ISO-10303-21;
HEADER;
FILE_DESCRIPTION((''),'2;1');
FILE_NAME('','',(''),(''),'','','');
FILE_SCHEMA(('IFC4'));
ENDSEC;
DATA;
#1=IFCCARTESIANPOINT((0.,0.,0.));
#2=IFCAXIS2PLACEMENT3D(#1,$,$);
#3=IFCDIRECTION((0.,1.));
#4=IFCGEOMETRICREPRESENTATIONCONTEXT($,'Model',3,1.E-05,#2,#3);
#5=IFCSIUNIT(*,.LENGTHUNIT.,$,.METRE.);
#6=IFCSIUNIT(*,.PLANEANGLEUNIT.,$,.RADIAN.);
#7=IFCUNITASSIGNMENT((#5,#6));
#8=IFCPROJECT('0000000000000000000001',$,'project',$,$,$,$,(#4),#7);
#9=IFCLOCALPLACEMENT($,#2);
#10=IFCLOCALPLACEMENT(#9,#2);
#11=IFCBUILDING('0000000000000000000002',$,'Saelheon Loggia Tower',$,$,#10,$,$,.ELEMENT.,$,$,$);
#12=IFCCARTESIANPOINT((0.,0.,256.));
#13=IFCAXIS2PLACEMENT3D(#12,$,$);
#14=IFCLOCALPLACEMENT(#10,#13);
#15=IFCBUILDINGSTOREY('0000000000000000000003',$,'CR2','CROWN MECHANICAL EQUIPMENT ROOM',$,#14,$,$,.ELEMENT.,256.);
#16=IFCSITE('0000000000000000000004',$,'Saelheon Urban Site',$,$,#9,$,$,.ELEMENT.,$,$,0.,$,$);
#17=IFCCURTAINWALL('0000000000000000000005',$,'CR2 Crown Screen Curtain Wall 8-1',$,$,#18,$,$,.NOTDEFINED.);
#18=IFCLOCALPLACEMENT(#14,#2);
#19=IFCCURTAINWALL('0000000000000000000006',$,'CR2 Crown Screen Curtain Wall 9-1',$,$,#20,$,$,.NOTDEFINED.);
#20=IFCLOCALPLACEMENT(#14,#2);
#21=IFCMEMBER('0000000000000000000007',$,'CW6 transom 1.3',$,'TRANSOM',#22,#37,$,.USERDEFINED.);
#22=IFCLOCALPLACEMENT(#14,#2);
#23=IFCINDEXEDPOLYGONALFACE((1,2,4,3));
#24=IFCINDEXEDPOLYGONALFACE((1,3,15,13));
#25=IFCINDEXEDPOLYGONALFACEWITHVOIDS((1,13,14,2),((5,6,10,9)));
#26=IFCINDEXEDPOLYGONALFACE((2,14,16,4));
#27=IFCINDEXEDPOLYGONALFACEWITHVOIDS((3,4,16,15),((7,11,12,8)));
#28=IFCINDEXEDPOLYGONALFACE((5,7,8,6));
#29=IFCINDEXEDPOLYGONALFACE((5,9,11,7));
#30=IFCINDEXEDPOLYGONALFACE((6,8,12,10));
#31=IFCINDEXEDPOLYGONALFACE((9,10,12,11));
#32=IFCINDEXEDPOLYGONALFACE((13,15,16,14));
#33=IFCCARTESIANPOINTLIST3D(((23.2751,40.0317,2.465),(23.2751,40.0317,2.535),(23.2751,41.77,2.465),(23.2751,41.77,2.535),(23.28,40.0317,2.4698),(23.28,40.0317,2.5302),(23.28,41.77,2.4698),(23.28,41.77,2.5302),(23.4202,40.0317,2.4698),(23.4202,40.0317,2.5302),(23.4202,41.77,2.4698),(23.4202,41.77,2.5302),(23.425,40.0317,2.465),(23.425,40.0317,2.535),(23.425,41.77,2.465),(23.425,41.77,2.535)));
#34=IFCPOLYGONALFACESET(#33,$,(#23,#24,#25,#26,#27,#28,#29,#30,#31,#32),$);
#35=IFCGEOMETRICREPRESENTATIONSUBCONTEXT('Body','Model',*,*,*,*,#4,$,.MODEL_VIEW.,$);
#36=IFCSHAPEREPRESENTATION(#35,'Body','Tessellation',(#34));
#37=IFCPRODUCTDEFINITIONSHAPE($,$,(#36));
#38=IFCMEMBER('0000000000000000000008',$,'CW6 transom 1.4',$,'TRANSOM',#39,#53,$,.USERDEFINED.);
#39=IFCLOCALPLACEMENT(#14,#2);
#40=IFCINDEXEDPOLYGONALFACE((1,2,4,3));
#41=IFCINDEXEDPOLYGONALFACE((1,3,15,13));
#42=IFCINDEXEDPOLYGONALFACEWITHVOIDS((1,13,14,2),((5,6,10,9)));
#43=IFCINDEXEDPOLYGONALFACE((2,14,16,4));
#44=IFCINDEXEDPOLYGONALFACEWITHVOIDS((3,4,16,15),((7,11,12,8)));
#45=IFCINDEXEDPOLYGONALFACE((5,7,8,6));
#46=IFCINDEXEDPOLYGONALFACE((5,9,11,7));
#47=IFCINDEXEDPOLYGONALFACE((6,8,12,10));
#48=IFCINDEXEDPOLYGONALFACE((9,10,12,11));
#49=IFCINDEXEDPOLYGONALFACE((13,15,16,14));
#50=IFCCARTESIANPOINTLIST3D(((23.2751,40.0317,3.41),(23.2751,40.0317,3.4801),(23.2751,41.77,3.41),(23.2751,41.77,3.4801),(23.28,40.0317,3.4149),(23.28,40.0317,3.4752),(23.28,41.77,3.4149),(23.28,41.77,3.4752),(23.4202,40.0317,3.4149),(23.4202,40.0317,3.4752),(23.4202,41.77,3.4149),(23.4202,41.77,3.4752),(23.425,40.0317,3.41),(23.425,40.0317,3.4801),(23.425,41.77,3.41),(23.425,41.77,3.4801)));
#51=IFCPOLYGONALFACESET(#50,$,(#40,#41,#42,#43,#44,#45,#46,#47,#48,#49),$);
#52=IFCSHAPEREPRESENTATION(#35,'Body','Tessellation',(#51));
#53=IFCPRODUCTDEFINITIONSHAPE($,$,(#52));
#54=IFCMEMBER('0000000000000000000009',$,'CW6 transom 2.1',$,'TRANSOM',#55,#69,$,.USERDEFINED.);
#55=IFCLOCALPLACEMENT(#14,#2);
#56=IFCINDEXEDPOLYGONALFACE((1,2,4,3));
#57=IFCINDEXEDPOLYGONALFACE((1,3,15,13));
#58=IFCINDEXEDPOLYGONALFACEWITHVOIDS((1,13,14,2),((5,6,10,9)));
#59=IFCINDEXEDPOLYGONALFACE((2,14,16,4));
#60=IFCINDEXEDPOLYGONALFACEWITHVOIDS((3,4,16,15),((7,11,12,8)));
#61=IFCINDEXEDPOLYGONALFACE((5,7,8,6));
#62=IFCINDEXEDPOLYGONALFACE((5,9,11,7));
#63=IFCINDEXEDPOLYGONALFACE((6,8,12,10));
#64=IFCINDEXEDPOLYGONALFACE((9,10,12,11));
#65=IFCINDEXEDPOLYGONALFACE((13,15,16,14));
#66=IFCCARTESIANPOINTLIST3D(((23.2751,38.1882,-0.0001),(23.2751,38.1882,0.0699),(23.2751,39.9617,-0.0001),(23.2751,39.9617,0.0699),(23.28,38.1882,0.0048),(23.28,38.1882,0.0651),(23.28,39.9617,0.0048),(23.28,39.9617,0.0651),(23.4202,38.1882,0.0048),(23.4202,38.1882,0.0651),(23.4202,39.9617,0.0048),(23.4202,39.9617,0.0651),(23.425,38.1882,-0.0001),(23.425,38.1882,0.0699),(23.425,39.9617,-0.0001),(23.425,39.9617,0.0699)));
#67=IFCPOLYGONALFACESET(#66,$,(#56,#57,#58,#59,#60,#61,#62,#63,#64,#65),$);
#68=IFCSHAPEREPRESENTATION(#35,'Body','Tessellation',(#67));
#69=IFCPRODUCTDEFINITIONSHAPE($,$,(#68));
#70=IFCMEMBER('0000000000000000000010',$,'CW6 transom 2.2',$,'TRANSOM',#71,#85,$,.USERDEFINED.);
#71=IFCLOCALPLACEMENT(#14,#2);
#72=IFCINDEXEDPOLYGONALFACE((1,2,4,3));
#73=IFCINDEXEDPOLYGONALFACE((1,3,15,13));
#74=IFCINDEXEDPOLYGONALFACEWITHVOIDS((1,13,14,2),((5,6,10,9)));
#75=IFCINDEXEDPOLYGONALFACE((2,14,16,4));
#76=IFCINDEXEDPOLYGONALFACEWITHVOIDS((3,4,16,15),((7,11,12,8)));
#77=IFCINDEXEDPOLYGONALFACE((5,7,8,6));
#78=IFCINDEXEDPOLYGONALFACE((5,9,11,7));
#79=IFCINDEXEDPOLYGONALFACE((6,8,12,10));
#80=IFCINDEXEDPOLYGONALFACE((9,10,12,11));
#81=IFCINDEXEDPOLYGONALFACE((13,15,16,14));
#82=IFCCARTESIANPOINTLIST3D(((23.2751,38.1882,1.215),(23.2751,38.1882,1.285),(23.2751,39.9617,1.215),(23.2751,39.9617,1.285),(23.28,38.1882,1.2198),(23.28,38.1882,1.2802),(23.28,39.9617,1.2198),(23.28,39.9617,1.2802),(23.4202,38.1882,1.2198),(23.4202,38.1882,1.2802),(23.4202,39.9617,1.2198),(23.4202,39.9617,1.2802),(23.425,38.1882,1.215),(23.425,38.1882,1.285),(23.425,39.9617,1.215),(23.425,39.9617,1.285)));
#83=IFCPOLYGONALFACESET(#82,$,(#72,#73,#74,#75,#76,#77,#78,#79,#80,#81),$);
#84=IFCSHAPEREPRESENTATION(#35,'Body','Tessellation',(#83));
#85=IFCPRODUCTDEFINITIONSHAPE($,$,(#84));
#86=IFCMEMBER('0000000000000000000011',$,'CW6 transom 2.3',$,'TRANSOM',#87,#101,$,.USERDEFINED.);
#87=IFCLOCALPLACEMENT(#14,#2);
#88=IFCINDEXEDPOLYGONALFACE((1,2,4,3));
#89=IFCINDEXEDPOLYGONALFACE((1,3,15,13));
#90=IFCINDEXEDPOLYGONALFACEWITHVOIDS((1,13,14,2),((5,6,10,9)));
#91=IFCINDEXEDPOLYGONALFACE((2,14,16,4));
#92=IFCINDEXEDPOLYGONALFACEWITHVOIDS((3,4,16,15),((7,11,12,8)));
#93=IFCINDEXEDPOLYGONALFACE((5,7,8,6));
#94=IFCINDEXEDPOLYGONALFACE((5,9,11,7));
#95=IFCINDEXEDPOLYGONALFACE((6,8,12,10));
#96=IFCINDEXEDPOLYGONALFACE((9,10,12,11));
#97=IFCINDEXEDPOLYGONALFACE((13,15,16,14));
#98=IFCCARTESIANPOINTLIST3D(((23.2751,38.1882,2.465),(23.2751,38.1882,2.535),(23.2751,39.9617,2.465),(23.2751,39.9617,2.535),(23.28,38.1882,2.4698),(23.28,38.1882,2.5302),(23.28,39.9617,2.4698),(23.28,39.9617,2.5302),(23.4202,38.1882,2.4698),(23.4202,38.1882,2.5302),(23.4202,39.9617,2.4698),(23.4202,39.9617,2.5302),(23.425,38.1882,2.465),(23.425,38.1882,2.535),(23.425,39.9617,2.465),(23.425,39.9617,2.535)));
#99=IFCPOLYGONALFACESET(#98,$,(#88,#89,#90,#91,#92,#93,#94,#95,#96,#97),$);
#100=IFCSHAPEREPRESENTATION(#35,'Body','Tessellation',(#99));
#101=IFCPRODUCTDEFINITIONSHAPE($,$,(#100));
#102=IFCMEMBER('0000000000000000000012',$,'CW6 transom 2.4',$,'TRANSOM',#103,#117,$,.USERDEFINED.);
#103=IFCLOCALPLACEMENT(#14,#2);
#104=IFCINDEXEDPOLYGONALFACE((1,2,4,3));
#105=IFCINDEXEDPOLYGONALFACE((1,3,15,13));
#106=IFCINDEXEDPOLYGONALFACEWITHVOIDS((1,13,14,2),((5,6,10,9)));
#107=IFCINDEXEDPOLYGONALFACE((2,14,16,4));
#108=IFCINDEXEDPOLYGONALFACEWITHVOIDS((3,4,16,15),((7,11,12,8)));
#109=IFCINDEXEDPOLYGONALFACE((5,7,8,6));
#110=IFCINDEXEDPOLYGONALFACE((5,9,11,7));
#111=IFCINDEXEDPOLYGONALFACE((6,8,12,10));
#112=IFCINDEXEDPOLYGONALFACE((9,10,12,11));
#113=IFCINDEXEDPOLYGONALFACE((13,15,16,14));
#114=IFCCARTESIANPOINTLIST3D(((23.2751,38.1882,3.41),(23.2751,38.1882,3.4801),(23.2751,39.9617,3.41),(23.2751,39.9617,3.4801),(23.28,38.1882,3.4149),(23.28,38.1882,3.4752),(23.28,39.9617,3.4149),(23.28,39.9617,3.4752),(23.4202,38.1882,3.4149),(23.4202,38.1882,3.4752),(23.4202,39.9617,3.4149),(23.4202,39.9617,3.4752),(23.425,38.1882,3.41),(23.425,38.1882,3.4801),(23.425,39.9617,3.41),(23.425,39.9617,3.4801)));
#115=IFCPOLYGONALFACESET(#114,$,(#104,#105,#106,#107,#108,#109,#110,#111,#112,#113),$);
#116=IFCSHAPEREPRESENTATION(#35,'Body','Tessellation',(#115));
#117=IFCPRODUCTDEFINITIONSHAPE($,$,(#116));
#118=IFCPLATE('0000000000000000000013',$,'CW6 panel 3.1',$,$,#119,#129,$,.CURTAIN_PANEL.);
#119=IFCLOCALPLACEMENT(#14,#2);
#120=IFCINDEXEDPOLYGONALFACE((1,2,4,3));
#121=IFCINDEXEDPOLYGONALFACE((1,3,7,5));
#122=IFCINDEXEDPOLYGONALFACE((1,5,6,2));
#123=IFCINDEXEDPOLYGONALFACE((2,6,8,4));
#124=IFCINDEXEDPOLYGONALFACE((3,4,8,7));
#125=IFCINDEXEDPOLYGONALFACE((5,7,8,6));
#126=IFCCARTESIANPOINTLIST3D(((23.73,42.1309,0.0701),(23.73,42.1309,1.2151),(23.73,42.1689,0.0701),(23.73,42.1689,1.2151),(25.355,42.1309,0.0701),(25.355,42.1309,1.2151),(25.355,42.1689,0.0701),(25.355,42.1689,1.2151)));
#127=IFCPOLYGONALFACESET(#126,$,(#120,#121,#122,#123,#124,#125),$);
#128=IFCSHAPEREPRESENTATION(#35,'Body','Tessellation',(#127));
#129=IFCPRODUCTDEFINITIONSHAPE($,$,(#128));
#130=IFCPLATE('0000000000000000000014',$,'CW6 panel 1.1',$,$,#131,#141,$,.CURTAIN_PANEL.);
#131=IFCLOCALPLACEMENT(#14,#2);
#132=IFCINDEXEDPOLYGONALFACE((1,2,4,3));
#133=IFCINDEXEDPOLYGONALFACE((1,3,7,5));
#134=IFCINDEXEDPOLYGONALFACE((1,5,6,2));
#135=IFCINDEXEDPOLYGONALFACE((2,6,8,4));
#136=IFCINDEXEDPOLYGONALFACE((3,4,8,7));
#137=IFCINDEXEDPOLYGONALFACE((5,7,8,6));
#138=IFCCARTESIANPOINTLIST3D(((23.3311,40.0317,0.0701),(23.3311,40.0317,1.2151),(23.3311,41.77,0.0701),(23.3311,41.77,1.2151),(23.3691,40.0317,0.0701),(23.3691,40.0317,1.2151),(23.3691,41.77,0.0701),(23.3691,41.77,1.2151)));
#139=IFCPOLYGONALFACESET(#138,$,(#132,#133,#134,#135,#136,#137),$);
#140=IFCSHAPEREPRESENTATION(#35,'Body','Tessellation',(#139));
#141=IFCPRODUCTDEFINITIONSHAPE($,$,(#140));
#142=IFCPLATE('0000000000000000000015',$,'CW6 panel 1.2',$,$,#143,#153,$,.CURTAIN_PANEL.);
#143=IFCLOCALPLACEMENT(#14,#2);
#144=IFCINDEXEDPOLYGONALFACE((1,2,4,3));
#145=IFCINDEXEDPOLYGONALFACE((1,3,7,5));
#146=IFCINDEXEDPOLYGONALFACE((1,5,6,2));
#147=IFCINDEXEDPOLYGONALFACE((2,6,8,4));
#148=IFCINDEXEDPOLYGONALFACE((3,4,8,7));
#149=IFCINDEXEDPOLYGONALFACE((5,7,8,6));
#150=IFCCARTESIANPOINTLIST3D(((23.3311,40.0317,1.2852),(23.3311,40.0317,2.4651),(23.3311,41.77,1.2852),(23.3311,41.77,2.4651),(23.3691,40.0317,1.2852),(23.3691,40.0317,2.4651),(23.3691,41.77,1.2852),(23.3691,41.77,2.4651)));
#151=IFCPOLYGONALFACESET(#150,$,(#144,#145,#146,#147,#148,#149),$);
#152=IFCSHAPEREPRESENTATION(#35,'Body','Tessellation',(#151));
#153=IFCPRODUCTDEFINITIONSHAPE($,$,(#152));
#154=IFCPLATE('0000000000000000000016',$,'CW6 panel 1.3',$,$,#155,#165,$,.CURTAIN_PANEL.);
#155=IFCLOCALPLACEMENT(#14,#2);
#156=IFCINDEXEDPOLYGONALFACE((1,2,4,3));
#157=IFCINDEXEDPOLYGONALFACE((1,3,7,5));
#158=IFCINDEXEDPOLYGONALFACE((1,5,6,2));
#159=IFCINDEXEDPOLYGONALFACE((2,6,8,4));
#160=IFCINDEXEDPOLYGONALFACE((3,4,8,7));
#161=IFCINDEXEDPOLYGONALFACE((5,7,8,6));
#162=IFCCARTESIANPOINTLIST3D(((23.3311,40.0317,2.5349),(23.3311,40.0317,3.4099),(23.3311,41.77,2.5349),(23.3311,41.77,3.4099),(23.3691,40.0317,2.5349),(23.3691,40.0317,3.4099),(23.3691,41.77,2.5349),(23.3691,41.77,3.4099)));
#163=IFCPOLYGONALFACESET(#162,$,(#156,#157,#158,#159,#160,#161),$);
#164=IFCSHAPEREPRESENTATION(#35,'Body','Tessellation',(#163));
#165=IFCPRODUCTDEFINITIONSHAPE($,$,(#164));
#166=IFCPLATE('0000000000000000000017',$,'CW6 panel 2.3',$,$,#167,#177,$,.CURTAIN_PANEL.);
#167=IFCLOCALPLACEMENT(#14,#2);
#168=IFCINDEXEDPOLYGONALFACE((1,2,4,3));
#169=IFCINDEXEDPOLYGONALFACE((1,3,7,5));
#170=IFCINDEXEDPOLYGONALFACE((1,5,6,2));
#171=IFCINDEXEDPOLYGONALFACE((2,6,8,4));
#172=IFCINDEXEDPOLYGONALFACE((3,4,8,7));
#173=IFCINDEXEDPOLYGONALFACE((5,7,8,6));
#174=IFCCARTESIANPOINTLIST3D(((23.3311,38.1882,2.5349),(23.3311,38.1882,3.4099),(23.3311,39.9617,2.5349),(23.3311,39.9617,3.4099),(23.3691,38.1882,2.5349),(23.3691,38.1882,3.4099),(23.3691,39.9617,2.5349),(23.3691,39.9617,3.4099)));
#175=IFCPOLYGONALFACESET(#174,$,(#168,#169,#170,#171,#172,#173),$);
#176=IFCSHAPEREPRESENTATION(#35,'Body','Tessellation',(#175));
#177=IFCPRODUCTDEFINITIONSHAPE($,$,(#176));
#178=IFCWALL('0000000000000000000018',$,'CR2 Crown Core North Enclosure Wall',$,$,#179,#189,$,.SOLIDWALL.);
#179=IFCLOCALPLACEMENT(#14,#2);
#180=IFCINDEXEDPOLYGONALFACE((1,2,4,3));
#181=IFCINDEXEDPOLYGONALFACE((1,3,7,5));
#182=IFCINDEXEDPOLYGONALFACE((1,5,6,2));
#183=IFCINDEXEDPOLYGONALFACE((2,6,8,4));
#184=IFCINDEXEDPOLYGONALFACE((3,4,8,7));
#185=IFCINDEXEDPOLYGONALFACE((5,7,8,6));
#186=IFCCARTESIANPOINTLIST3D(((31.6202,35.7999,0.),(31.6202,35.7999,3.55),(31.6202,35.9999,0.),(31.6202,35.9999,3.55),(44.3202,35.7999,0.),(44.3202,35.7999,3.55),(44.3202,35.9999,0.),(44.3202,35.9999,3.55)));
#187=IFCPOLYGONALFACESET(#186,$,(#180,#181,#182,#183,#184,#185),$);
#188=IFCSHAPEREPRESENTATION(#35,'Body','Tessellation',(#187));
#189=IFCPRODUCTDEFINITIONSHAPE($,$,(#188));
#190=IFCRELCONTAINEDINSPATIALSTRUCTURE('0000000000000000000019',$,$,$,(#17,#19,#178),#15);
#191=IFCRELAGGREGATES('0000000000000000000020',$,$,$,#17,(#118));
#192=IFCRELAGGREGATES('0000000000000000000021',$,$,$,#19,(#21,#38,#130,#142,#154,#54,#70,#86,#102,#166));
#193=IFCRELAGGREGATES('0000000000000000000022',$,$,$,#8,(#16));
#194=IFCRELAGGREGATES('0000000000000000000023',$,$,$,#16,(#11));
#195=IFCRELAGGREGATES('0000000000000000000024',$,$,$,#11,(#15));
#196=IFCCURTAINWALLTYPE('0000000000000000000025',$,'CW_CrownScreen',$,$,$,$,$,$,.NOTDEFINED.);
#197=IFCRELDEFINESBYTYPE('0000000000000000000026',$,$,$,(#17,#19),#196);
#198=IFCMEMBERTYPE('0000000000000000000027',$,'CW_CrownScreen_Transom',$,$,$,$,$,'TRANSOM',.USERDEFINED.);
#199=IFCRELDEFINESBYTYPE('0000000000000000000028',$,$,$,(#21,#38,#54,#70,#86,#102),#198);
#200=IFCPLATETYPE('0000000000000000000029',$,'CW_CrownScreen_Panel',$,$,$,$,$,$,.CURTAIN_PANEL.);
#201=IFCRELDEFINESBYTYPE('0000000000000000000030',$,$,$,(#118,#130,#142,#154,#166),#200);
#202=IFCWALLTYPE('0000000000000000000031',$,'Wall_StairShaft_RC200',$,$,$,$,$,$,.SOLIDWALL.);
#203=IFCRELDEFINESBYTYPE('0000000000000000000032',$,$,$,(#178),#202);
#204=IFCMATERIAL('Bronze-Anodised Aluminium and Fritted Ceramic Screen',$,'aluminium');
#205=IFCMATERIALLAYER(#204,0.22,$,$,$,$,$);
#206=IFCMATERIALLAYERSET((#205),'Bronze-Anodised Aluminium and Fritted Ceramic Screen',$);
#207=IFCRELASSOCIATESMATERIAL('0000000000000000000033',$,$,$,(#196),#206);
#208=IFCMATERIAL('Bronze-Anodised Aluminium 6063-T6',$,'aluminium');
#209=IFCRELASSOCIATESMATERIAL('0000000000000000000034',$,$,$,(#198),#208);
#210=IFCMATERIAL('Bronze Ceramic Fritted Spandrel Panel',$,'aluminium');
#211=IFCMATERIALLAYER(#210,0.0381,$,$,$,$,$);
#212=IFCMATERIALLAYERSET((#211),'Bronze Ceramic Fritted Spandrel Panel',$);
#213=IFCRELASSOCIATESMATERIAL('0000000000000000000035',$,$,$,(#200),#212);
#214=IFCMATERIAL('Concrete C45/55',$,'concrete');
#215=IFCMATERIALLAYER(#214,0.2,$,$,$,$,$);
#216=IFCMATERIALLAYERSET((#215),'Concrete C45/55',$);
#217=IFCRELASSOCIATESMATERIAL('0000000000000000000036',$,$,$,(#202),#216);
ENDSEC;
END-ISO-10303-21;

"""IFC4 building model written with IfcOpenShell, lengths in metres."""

from ifc_helpers import new_model, si_unit, direction, frame, frame_2d, origin, origin_2d, place, context, subcontext, project, spatial, rectangle, hollow_rectangle, extrude, source, transform, mapped, material, layer, layer_set, material_profile, profile_set, type_object, element, aggregate, save


model = new_model("IFC4")

# Units and contexts
model_context = context("Model", 3, precision=1e-05, world=origin(), true_north=direction((0.0, 1.0)))
body_context = subcontext(model_context, "Body", "Model", "MODEL_VIEW")
ifc_project = project(units=[si_unit("LENGTHUNIT", "METRE"), si_unit("PLANEANGLEUNIT", "RADIAN")], contexts=[model_context])

# Site, building, storey
site_placement = place(None, origin())
site = spatial("IfcSite", under=ifc_project, at=site_placement, Name="Saelheon Urban Site", CompositionType="ELEMENT", RefElevation=0.0)
building_placement = place(site_placement, origin())
building = spatial("IfcBuilding", under=site, at=building_placement, Name="Saelheon Loggia Tower", CompositionType="ELEMENT")
storey_placement = place(building_placement, frame((0.0, 0.0, 256.0)))
storey = spatial("IfcBuildingStorey", under=building, at=storey_placement, Name="CR2", Description="CROWN MECHANICAL EQUIPMENT ROOM", CompositionType="ELEMENT", Elevation=256.0)

# Curtain wall
ifc_material_1 = material(Name="Bronze-Anodised Aluminium and Fritted Ceramic Screen", Category="aluminium")
ifc_layer_1 = layer(ifc_material_1, 0.22)
ifc_layer_set_1 = layer_set([ifc_layer_1], Name="Bronze-Anodised Aluminium and Fritted Ceramic Screen")
curtain_wall_type = type_object("IfcCurtainWallType", Name="CW_CrownScreen", PredefinedType="NOTDEFINED", material=ifc_layer_set_1)
curtain_wall_1_placement = place(storey_placement, origin())
curtain_wall_1 = element("IfcCurtainWall", 1, at=curtain_wall_1_placement, inside=storey, type_object=curtain_wall_type, Name="CR2 Crown Screen Curtain Wall 8-1", PredefinedType="NOTDEFINED")
ifc_material_2 = material(Name="Bronze-Anodised Aluminium 6063-T6", Category="aluminium")

# Curtain wall, members
curtain_wall_2_placement = place(storey_placement, origin())
curtain_wall_2 = element("IfcCurtainWall", 2, at=curtain_wall_2_placement, inside=storey, type_object=curtain_wall_type, Name="CR2 Crown Screen Curtain Wall 9-1", PredefinedType="NOTDEFINED")
ifc_material_profile_1 = material_profile(ifc_material_2, hollow_rectangle(XDim=0.0701, YDim=0.1499, WallThickness=0.0049, at=origin_2d()), Name="RHS-150x70x5")
ifc_profile_set_1 = profile_set([ifc_material_profile_1], Name="Bronze-Anodised Aluminium 6063-T6")
member_type_1 = type_object("IfcMemberType", Name="CW_CrownScreen_Transom", ElementType="TRANSOM", PredefinedType="USERDEFINED", material=ifc_profile_set_1)
shared_shape_1 = source(origin(), body_context, "Body", "SweptSolid", [
    extrude(hollow_rectangle(XDim=0.0701, YDim=0.1499, WallThickness=0.0049, at=origin_2d()), origin(), (0.0, 0.0, 1.0), 1.7383),
])
member_1_placement = place(storey_placement, frame((23.3501, 41.77, 2.5), z_axis=(0.0, -1.0, 0.0), x_axis=(0.0, 0.0, 1.0)))
member_1 = element("IfcMember", 3, at=member_1_placement, type_object=member_type_1, Name="CW6 transom 1.3", ObjectType="TRANSOM", PredefinedType="USERDEFINED", context=body_context, shape_type="MappedRepresentation", body=[
    mapped(shared_shape_1, transform((0.0, 0.0, 0.0), scale=1.0)),
])
member_2_placement = place(storey_placement, frame((23.3501, 41.77, 3.4451), z_axis=(0.0, -1.0, 0.0), x_axis=(0.0, 0.0, 1.0)))
member_2 = element("IfcMember", 4, at=member_2_placement, type_object=member_type_1, Name="CW6 transom 1.4", ObjectType="TRANSOM", PredefinedType="USERDEFINED", context=body_context, shape_type="MappedRepresentation", body=[
    mapped(shared_shape_1, transform((0.0, 0.0, 0.0), scale=1.0)),
])
shared_shape_2 = source(origin(), body_context, "Body", "SweptSolid", [
    extrude(hollow_rectangle(XDim=0.0701, YDim=0.1499, WallThickness=0.0049, at=origin_2d()), origin(), (0.0, 0.0, 1.0), 1.7734),
])
member_3_placement = place(storey_placement, frame((23.3501, 39.9617, 0.0349), z_axis=(0.0, -1.0, 0.0), x_axis=(0.0, 0.0, 1.0)))
member_3 = element("IfcMember", 5, at=member_3_placement, type_object=member_type_1, Name="CW6 transom 2.1", ObjectType="TRANSOM", PredefinedType="USERDEFINED", context=body_context, shape_type="MappedRepresentation", body=[
    mapped(shared_shape_2, transform((0.0, 0.0, 0.0), scale=1.0)),
])
member_4_placement = place(storey_placement, frame((23.3501, 39.9617, 1.25), z_axis=(0.0, -1.0, 0.0), x_axis=(0.0, 0.0, 1.0)))
member_4 = element("IfcMember", 6, at=member_4_placement, type_object=member_type_1, Name="CW6 transom 2.2", ObjectType="TRANSOM", PredefinedType="USERDEFINED", context=body_context, shape_type="MappedRepresentation", body=[
    mapped(shared_shape_2, transform((0.0, 0.0, 0.0), scale=1.0)),
])
member_5_placement = place(storey_placement, frame((23.3501, 39.9617, 2.5), z_axis=(0.0, -1.0, 0.0), x_axis=(0.0, 0.0, 1.0)))
member_5 = element("IfcMember", 7, at=member_5_placement, type_object=member_type_1, Name="CW6 transom 2.3", ObjectType="TRANSOM", PredefinedType="USERDEFINED", context=body_context, shape_type="MappedRepresentation", body=[
    mapped(shared_shape_2, transform((0.0, 0.0, 0.0), scale=1.0)),
])
member_6_placement = place(storey_placement, frame((23.3501, 39.9617, 3.4451), z_axis=(0.0, -1.0, 0.0), x_axis=(0.0, 0.0, 1.0)))
member_6 = element("IfcMember", 8, at=member_6_placement, type_object=member_type_1, Name="CW6 transom 2.4", ObjectType="TRANSOM", PredefinedType="USERDEFINED", context=body_context, shape_type="MappedRepresentation", body=[
    mapped(shared_shape_2, transform((0.0, 0.0, 0.0), scale=1.0)),
])

# Plates
ifc_material_3 = material(Name="Bronze Ceramic Fritted Spandrel Panel", Category="aluminium")
ifc_layer_2 = layer(ifc_material_3, 0.0381)
ifc_layer_set_2 = layer_set([ifc_layer_2], Name="Bronze Ceramic Fritted Spandrel Panel")
plate_type = type_object("IfcPlateType", Name="CW_CrownScreen_Panel", PredefinedType="CURTAIN_PANEL", material=ifc_layer_set_2)
shared_shape_3 = source(origin(), body_context, "Body", "SweptSolid", [
    extrude(rectangle(XDim=1.625, YDim=0.0381, at=origin_2d()), origin(), (0.0, 0.0, 1.0), 1.145),
])
plate_1_placement = place(storey_placement, frame((24.5425, 42.1499, 0.0701), z_axis=(0.0, 0.0, 1.0), x_axis=(-1.0, 0.0, 0.0)))
plate_1 = element("IfcPlate", 9, at=plate_1_placement, type_object=plate_type, Name="CW6 panel 3.1", PredefinedType="CURTAIN_PANEL", context=body_context, shape_type="MappedRepresentation", body=[
    mapped(shared_shape_3, transform((0.0, 0.0, 0.0), scale=1.0)),
])
aggregate(curtain_wall_1, [plate_1])
shared_shape_4 = source(origin(), body_context, "Body", "SweptSolid", [
    extrude(rectangle(XDim=1.7383, YDim=0.0381, at=origin_2d()), origin(), (0.0, 0.0, 1.0), 1.145),
])
plate_2_placement = place(storey_placement, frame((23.3501, 40.9009, 0.0701), z_axis=(0.0, 0.0, 1.0), x_axis=(0.0, -1.0, 0.0)))
plate_2 = element("IfcPlate", 10, at=plate_2_placement, type_object=plate_type, Name="CW6 panel 1.1", PredefinedType="CURTAIN_PANEL", context=body_context, shape_type="MappedRepresentation", body=[
    mapped(shared_shape_4, transform((0.0, 0.0, 0.0), scale=1.0)),
])
shared_shape_5 = source(origin(), body_context, "Body", "SweptSolid", [
    extrude(rectangle(XDim=1.7383, YDim=0.0381, at=origin_2d()), origin(), (0.0, 0.0, 1.0), 1.1799),
])
plate_3_placement = place(storey_placement, frame((23.3501, 40.9009, 1.2852), z_axis=(0.0, 0.0, 1.0), x_axis=(0.0, -1.0, 0.0)))
plate_3 = element("IfcPlate", 11, at=plate_3_placement, type_object=plate_type, Name="CW6 panel 1.2", PredefinedType="CURTAIN_PANEL", context=body_context, shape_type="MappedRepresentation", body=[
    mapped(shared_shape_5, transform((0.0, 0.0, 0.0), scale=1.0)),
])
shared_shape_6 = source(origin(), body_context, "Body", "SweptSolid", [
    extrude(rectangle(XDim=1.7383, YDim=0.0381, at=origin_2d()), origin(), (0.0, 0.0, 1.0), 0.875),
])
plate_4_placement = place(storey_placement, frame((23.3501, 40.9009, 2.5349), z_axis=(0.0, 0.0, 1.0), x_axis=(0.0, -1.0, 0.0)))
plate_4 = element("IfcPlate", 12, at=plate_4_placement, type_object=plate_type, Name="CW6 panel 1.3", PredefinedType="CURTAIN_PANEL", context=body_context, shape_type="MappedRepresentation", body=[
    mapped(shared_shape_6, transform((0.0, 0.0, 0.0), scale=1.0)),
])
shared_shape_7 = source(origin(), body_context, "Body", "SweptSolid", [
    extrude(rectangle(XDim=1.7734, YDim=0.0381, at=origin_2d()), origin(), (0.0, 0.0, 1.0), 0.875),
])
plate_5_placement = place(storey_placement, frame((23.3501, 39.075, 2.5349), z_axis=(0.0, 0.0, 1.0), x_axis=(0.0, -1.0, 0.0)))
plate_5 = element("IfcPlate", 13, at=plate_5_placement, type_object=plate_type, Name="CW6 panel 2.3", PredefinedType="CURTAIN_PANEL", context=body_context, shape_type="MappedRepresentation", body=[
    mapped(shared_shape_7, transform((0.0, 0.0, 0.0), scale=1.0)),
])
aggregate(curtain_wall_2, [member_1, member_2, plate_2, plate_3, plate_4, member_3, member_4, member_5, member_6, plate_5])

# Wall
ifc_material_4 = material(Name="Concrete C45/55", Category="concrete")
ifc_layer_3 = layer(ifc_material_4, 0.2)
ifc_layer_set_3 = layer_set([ifc_layer_3], Name="Concrete C45/55")
wall_type = type_object("IfcWallType", Name="Wall_StairShaft_RC200", PredefinedType="SOLIDWALL", material=ifc_layer_set_3)
wall_placement = place(storey_placement, frame((31.6201, 35.8999, 0.0), z_axis=(0.0, 0.0, 1.0), x_axis=(1.0, 0.0, 0.0)))
element("IfcWall", 14, at=wall_placement, inside=storey, type_object=wall_type, Name="CR2 Crown Core North Enclosure Wall", PredefinedType="SOLIDWALL", context=body_context, shape_type="SweptSolid", body=[
    extrude(rectangle(XDim=12.7, YDim=0.2, at=frame_2d((6.3501, 0.0))), origin(), (0.0, 0.0, 1.0), 3.55),
])

save(model, "model.ifc")
